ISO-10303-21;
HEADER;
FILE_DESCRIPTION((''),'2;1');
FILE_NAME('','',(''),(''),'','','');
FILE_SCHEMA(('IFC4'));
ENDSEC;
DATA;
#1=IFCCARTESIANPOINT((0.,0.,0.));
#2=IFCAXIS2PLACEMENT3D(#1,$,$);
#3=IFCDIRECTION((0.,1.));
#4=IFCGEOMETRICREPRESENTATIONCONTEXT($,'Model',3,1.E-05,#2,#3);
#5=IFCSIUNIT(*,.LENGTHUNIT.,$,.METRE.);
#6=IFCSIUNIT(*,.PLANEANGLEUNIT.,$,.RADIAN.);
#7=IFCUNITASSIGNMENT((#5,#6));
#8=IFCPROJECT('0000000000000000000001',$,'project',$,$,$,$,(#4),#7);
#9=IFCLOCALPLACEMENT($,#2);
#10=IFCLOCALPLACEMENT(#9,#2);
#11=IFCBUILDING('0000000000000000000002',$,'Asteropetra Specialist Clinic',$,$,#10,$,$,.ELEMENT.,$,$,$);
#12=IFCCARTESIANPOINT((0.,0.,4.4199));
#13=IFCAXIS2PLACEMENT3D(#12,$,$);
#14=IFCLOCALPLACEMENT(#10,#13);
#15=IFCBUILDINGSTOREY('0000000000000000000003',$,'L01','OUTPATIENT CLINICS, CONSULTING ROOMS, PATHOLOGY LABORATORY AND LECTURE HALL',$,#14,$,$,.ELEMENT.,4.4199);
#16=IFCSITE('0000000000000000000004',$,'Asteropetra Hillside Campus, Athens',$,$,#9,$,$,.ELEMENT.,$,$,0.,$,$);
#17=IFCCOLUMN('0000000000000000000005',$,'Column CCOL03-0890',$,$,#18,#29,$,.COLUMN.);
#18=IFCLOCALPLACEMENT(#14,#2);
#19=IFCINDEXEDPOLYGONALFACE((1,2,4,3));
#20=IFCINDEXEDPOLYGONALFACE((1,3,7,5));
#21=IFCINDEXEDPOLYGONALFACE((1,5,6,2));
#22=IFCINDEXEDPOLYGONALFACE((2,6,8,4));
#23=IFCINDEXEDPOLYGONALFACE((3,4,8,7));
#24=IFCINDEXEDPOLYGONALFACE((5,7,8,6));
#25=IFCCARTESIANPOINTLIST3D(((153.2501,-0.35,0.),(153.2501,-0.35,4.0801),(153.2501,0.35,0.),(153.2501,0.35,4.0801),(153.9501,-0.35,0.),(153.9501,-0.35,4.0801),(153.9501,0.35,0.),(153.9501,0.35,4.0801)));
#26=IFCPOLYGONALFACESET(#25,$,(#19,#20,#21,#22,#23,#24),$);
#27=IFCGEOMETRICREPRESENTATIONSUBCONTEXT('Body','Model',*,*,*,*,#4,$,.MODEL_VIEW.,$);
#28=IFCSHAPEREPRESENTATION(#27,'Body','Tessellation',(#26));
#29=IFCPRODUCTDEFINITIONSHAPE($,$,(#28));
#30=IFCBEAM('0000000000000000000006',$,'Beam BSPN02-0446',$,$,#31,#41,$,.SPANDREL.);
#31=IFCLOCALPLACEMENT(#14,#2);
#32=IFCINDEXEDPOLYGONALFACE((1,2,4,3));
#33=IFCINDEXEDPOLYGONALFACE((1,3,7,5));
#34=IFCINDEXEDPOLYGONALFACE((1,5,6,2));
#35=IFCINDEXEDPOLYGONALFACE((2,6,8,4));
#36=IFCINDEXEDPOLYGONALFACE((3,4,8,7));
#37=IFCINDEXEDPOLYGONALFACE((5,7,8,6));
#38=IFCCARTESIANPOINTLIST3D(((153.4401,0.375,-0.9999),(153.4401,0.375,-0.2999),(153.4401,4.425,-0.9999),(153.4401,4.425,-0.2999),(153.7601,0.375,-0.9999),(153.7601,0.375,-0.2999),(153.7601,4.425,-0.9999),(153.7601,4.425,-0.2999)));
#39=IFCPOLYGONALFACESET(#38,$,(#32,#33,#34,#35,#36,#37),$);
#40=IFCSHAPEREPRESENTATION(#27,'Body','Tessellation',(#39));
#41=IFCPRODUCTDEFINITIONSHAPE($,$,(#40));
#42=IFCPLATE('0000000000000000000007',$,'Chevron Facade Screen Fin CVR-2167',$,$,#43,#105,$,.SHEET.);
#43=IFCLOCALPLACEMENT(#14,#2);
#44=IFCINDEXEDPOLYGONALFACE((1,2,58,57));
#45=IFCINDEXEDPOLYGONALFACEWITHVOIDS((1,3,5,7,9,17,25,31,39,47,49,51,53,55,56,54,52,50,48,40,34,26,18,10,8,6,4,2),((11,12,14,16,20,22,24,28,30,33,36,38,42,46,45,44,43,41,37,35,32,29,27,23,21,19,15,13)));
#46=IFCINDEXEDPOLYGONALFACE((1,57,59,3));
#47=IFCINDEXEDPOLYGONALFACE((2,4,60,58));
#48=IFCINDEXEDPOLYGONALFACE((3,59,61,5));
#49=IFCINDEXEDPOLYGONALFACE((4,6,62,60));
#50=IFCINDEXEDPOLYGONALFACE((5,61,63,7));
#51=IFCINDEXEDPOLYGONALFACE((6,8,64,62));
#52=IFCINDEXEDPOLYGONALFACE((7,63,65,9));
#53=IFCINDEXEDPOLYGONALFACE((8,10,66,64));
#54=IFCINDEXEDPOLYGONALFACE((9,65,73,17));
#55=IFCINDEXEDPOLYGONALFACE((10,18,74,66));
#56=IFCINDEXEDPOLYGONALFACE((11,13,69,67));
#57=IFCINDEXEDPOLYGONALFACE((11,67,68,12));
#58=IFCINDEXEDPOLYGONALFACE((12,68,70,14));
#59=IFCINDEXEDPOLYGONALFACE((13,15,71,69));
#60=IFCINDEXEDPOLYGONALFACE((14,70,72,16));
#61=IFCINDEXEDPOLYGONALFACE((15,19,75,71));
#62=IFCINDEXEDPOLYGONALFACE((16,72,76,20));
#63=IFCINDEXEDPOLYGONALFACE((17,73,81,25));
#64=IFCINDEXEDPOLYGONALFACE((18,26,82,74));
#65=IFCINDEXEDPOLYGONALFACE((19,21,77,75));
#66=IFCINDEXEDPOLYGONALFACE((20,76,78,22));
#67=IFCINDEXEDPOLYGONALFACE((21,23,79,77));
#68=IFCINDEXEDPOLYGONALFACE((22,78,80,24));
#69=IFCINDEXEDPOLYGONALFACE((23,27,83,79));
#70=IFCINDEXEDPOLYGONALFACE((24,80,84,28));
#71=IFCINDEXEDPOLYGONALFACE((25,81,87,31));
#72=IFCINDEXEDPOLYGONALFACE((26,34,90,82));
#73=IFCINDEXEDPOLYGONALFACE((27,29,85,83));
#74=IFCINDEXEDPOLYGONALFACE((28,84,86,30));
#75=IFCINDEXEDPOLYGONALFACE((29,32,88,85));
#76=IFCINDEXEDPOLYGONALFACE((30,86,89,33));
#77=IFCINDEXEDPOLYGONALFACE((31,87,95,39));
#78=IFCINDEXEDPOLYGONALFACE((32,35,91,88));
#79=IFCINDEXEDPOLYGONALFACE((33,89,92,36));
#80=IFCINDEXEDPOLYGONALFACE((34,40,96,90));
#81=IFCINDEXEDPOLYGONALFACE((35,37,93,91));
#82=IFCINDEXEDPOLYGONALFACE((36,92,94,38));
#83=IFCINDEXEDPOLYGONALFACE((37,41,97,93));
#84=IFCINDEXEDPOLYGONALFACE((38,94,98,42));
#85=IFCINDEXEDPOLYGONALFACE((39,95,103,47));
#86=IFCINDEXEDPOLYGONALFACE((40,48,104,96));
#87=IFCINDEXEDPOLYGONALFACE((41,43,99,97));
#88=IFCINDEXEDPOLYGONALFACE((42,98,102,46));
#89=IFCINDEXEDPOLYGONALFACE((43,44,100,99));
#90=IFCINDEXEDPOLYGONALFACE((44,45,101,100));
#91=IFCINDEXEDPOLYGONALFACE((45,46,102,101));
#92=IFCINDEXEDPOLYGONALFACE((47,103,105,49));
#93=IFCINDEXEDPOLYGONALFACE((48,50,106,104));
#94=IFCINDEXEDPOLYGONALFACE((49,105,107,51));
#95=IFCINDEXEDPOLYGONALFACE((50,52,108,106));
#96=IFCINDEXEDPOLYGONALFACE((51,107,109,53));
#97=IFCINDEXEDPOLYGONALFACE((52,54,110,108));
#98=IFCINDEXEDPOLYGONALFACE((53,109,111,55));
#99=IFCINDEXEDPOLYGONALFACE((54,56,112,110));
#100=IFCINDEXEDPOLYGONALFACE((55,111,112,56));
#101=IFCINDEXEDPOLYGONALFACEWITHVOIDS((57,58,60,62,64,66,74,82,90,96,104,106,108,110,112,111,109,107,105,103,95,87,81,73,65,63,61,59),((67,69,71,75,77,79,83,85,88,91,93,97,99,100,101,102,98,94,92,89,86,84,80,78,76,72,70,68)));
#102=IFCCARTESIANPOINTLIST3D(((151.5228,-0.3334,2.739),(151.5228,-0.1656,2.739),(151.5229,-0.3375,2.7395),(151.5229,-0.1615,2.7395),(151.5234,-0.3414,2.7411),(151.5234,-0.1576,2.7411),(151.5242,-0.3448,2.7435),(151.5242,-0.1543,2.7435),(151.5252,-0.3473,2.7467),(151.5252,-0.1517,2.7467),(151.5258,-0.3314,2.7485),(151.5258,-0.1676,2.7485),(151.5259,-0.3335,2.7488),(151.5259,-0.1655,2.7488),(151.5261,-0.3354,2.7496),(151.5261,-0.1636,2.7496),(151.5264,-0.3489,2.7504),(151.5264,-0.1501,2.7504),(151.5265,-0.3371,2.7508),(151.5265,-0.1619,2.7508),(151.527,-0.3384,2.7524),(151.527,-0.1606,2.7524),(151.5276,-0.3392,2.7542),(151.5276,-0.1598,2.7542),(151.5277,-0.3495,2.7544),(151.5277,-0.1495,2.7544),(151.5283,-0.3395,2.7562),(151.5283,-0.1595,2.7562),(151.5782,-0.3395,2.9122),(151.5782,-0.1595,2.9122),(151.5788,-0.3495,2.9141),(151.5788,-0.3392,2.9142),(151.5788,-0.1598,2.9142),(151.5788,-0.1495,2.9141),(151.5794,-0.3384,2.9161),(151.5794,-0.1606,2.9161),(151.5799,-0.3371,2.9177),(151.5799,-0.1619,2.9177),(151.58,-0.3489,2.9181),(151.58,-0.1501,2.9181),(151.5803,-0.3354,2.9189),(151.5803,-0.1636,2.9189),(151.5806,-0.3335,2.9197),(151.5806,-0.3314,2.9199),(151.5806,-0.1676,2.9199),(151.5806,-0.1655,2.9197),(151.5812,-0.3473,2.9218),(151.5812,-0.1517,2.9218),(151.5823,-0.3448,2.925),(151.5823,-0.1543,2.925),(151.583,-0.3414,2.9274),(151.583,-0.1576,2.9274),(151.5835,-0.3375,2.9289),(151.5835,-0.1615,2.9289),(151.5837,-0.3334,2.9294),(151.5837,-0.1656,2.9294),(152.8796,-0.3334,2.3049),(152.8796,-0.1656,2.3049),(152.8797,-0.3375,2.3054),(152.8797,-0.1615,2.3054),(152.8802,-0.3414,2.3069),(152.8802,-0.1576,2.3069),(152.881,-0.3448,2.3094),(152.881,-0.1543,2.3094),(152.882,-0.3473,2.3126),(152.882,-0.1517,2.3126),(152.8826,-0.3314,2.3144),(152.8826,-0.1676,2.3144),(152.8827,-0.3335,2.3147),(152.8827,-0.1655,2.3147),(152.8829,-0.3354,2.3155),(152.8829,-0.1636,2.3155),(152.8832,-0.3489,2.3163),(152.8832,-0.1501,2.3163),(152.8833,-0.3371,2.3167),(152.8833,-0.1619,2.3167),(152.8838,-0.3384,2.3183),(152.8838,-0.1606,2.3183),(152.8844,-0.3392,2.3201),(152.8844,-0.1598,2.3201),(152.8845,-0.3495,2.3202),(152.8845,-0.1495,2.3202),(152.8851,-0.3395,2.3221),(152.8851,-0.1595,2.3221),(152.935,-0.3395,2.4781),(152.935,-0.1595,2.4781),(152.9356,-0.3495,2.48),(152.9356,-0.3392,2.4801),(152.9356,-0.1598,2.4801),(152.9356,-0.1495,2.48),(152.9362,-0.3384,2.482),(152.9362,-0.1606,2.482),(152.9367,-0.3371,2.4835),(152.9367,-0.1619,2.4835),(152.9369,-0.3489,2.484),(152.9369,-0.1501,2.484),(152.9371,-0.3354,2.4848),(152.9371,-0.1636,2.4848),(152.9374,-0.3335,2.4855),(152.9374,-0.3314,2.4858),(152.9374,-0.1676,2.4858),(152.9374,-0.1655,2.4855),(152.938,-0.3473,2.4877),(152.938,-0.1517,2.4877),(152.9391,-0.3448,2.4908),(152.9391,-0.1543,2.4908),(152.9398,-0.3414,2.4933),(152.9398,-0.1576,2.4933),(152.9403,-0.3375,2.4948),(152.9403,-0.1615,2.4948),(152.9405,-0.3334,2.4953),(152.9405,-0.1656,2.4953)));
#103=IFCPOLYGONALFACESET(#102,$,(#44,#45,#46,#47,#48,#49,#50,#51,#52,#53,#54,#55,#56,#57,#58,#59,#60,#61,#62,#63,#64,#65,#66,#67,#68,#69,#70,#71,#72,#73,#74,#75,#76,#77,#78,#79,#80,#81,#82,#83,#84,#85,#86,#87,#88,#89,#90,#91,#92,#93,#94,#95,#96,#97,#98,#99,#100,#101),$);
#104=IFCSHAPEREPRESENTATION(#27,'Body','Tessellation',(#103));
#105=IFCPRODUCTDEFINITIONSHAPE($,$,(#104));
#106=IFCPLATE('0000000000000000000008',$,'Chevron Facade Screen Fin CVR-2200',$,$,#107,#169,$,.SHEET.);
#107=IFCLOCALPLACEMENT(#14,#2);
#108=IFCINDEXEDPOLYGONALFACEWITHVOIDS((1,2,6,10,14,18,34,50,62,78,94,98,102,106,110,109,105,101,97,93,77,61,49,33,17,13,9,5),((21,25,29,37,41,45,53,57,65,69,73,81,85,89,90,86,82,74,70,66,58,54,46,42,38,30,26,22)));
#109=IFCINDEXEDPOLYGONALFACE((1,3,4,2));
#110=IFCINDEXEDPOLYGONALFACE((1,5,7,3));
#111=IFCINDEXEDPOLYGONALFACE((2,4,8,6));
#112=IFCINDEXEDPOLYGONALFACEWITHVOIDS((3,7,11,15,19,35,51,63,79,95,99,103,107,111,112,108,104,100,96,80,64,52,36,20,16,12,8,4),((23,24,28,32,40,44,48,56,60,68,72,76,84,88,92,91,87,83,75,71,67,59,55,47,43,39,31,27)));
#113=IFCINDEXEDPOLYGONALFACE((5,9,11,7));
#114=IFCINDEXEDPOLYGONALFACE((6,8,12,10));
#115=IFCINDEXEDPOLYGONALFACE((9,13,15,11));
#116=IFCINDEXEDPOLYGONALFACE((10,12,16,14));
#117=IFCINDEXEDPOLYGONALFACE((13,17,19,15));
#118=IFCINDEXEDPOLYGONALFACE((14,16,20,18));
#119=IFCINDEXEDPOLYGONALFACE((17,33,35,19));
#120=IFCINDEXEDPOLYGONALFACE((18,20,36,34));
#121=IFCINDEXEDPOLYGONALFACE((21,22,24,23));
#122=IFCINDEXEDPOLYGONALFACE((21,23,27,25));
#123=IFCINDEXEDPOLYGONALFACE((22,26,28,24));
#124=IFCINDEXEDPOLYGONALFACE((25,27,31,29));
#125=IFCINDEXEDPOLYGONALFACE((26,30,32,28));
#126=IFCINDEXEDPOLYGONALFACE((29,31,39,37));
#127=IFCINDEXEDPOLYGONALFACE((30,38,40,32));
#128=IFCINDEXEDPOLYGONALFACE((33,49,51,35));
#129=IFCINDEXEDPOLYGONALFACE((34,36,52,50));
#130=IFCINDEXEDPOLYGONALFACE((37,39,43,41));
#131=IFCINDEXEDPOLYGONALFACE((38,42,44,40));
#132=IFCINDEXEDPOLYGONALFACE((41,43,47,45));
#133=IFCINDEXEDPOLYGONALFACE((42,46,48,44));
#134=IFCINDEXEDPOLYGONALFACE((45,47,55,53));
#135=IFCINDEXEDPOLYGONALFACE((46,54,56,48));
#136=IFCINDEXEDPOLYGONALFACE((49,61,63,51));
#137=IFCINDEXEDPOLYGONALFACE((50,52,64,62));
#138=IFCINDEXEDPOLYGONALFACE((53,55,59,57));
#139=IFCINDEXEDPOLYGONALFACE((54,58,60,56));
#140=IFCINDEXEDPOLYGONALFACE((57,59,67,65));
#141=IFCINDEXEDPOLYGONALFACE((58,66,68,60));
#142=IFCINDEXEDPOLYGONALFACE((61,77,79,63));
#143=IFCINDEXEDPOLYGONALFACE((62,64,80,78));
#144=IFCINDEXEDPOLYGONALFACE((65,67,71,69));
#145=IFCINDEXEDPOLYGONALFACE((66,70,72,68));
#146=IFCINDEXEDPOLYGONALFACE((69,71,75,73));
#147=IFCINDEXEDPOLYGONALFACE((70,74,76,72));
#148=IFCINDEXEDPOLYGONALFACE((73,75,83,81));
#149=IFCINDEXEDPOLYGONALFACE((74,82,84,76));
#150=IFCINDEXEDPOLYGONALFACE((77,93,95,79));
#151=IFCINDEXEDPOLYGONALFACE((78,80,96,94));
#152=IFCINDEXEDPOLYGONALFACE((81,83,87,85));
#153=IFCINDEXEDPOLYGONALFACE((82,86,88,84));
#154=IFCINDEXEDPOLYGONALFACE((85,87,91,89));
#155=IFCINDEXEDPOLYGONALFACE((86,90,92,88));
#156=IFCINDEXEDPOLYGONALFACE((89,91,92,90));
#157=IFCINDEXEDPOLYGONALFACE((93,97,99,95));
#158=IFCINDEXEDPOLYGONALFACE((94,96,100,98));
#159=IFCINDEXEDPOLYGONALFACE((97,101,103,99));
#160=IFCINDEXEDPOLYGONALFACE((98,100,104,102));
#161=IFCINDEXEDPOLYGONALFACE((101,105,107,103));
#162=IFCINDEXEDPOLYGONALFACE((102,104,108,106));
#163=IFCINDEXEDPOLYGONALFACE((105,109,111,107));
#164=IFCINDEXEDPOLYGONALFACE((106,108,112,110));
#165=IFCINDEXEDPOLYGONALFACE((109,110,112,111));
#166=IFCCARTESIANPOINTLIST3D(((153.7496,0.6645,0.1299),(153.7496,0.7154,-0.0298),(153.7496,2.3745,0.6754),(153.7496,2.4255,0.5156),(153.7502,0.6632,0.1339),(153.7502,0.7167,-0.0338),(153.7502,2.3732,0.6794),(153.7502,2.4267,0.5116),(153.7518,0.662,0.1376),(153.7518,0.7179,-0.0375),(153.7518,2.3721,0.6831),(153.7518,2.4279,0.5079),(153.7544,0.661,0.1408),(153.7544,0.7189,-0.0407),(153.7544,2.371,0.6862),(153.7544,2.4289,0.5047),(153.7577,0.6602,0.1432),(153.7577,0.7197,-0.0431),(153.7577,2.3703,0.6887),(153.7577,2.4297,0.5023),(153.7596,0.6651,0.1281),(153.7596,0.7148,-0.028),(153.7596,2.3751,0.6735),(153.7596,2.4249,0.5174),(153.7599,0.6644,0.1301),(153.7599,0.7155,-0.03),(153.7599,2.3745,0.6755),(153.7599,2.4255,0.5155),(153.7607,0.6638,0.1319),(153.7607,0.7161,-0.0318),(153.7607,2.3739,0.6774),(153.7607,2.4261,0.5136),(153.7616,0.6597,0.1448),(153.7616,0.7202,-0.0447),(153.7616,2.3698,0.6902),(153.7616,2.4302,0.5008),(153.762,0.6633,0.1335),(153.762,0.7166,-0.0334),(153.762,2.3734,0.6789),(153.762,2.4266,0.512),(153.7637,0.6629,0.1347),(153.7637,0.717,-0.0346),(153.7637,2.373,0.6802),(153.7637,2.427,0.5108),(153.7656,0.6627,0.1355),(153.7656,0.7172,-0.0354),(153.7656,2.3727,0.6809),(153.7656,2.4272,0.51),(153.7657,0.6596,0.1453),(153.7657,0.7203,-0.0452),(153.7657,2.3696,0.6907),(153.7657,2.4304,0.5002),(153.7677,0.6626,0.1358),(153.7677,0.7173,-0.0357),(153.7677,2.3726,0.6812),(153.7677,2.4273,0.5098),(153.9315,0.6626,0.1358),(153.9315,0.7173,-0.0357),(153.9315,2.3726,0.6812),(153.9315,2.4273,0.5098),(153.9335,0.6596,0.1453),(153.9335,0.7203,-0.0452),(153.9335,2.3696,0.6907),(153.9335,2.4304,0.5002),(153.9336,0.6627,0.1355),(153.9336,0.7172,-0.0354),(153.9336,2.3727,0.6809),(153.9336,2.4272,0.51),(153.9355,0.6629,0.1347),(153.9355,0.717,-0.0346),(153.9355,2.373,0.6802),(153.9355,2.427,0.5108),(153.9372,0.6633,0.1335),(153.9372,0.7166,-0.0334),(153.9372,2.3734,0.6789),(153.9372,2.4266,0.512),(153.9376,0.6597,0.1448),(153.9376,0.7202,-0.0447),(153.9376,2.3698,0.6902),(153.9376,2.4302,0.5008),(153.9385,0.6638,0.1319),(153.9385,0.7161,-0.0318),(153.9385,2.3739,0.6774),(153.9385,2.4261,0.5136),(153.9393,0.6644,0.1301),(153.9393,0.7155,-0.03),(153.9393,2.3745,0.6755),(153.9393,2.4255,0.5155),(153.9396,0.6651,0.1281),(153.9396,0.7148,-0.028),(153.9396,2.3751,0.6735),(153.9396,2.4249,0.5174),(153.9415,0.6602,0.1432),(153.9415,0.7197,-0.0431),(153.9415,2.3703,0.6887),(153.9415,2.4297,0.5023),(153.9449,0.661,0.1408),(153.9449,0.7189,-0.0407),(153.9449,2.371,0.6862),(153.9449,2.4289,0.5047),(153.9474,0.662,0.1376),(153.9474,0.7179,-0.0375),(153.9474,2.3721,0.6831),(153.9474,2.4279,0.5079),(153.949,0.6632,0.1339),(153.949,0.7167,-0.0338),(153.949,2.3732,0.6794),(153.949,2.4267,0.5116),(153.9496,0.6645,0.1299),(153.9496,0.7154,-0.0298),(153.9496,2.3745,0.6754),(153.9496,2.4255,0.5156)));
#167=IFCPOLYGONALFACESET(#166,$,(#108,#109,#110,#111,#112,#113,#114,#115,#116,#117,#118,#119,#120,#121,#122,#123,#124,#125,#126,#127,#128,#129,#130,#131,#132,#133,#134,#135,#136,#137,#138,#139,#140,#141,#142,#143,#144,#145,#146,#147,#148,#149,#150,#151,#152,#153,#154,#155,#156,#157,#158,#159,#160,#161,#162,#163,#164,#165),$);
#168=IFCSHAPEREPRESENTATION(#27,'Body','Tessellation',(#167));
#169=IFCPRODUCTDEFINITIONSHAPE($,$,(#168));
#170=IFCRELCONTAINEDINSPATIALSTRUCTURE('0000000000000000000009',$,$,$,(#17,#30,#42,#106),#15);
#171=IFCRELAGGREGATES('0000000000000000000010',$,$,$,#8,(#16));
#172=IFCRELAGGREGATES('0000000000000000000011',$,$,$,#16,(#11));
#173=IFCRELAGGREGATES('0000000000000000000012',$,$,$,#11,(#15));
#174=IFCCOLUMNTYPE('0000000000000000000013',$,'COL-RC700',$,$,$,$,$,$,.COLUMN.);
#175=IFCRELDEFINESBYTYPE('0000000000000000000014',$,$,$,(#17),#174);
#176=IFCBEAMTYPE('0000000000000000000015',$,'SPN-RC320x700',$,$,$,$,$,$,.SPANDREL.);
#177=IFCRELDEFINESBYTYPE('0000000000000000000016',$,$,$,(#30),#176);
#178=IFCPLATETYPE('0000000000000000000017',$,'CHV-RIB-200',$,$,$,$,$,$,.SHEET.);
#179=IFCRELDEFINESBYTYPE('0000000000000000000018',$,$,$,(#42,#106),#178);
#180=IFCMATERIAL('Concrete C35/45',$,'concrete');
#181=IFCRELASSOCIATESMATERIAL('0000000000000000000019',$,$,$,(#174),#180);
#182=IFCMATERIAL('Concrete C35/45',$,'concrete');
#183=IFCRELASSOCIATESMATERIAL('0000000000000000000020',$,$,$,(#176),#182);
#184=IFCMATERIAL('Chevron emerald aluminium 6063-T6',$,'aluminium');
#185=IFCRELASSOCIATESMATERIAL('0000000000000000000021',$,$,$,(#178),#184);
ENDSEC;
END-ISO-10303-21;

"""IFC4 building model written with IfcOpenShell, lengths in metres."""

from ifc_helpers import new_model, si_unit, direction, frame, origin, origin_2d, place, context, subcontext, project, spatial, rectangle, hollow_rectangle, extrude, material, material_profile, profile_set, type_object, element, save


model = new_model("IFC4")

# Units and contexts
model_context = context("Model", 3, precision=1e-05, world=origin(), true_north=direction((0.0, 1.0)))
body_context = subcontext(model_context, "Body", "Model", "MODEL_VIEW")
ifc_project = project(units=[si_unit("LENGTHUNIT", "METRE"), si_unit("PLANEANGLEUNIT", "RADIAN")], contexts=[model_context])

# Site, building, storey
site_placement = place(None, origin())
site = spatial("IfcSite", under=ifc_project, at=site_placement, Name="Asteropetra Hillside Campus, Athens", CompositionType="ELEMENT", RefElevation=0.0)
building_placement = place(site_placement, origin())
building = spatial("IfcBuilding", under=site, at=building_placement, Name="Asteropetra Specialist Clinic", CompositionType="ELEMENT")
storey_placement = place(building_placement, frame((0.0, 0.0, 4.4199)))
storey = spatial("IfcBuildingStorey", under=building, at=storey_placement, Name="L01", Description="OUTPATIENT CLINICS, CONSULTING ROOMS, PATHOLOGY LABORATORY AND LECTURE HALL", CompositionType="ELEMENT", Elevation=4.4199)

# Column
ifc_material_1 = material(Name="Concrete C35/45", Category="concrete")
ifc_material_profile_1 = material_profile(ifc_material_1, rectangle(XDim=0.7, YDim=0.7, at=origin_2d()), Name="RC 700x700")
ifc_profile_set_1 = profile_set([ifc_material_profile_1], Name="Concrete C35/45")
column_type = type_object("IfcColumnType", Name="COL-RC700", PredefinedType="COLUMN", material=ifc_profile_set_1)
column_placement = place(storey_placement, frame((153.6001, 0.0, 0.0), z_axis=(0.0, 0.0, 1.0), x_axis=(1.0, 0.0, 0.0)))
element("IfcColumn", 1, at=column_placement, inside=storey, type_object=column_type, Name="Column CCOL03-0890", PredefinedType="COLUMN", context=body_context, shape_type="SweptSolid", body=[
    extrude(rectangle(XDim=0.7, YDim=0.7, at=origin_2d()), origin(), (0.0, 0.0, 1.0), 4.0801),
])

# Beam
ifc_material_2 = material(Name="Concrete C35/45", Category="concrete")
ifc_material_profile_2 = material_profile(ifc_material_2, rectangle(XDim=0.3201, YDim=0.7, at=origin_2d()), Name="RCS 320x700")
ifc_profile_set_2 = profile_set([ifc_material_profile_2], Name="Concrete C35/45")
beam_type = type_object("IfcBeamType", Name="SPN-RC320x700", PredefinedType="SPANDREL", material=ifc_profile_set_2)
beam_placement = place(storey_placement, frame((153.6001, 0.375, -0.6499), z_axis=(0.0, 1.0, 0.0), x_axis=(-1.0, 0.0, 0.0)))
element("IfcBeam", 2, at=beam_placement, inside=storey, type_object=beam_type, Name="Beam BSPN02-0446", PredefinedType="SPANDREL", context=body_context, shape_type="SweptSolid", body=[
    extrude(rectangle(XDim=0.3201, YDim=0.7, at=origin_2d()), origin(), (0.0, 0.0, 1.0), 4.05),
])

# Plates
ifc_material_3 = material(Name="Chevron emerald aluminium 6063-T6", Category="aluminium")
ifc_material_profile_3 = material_profile(ifc_material_3, hollow_rectangle(XDim=0.2, YDim=0.2, WallThickness=0.01, InnerFilletRadius=0.0081, OuterFilletRadius=0.0161, at=origin_2d()), Name="SHS 200x200x10.0")
ifc_profile_set_3 = profile_set([ifc_material_profile_3], Name="Chevron emerald aluminium 6063-T6")
plate_type = type_object("IfcPlateType", Name="CHV-RIB-200", PredefinedType="SHEET", material=ifc_profile_set_3)
plate_1_placement = place(storey_placement, frame((151.5532, -0.2495, 2.8342), z_axis=(0.952436, 0.0, -0.304738), x_axis=(0.0, 1.0, 0.0)))
element("IfcPlate", 3, at=plate_1_placement, inside=storey, type_object=plate_type, Name="Chevron Facade Screen Fin CVR-2167", PredefinedType="SHEET", context=body_context, shape_type="SweptSolid", body=[
    extrude(hollow_rectangle(XDim=0.2, YDim=0.2, WallThickness=0.01, InnerFilletRadius=0.0081, OuterFilletRadius=0.0161, at=origin_2d()), origin(), (0.0, 0.0, 1.0), 1.4246),
])
plate_2_placement = place(storey_placement, frame((153.8496, 0.6899, 0.05), z_axis=(0.0, 0.952711, 0.303877), x_axis=(-1.0, 0.0, 0.0)))
element("IfcPlate", 4, at=plate_2_placement, inside=storey, type_object=plate_type, Name="Chevron Facade Screen Fin CVR-2200", PredefinedType="SHEET", context=body_context, shape_type="SweptSolid", body=[
    extrude(hollow_rectangle(XDim=0.2, YDim=0.2, WallThickness=0.01, InnerFilletRadius=0.0081, OuterFilletRadius=0.0161, at=origin_2d()), origin(), (0.0, 0.0, 1.0), 1.7949),
])

save(model, "model.ifc")
